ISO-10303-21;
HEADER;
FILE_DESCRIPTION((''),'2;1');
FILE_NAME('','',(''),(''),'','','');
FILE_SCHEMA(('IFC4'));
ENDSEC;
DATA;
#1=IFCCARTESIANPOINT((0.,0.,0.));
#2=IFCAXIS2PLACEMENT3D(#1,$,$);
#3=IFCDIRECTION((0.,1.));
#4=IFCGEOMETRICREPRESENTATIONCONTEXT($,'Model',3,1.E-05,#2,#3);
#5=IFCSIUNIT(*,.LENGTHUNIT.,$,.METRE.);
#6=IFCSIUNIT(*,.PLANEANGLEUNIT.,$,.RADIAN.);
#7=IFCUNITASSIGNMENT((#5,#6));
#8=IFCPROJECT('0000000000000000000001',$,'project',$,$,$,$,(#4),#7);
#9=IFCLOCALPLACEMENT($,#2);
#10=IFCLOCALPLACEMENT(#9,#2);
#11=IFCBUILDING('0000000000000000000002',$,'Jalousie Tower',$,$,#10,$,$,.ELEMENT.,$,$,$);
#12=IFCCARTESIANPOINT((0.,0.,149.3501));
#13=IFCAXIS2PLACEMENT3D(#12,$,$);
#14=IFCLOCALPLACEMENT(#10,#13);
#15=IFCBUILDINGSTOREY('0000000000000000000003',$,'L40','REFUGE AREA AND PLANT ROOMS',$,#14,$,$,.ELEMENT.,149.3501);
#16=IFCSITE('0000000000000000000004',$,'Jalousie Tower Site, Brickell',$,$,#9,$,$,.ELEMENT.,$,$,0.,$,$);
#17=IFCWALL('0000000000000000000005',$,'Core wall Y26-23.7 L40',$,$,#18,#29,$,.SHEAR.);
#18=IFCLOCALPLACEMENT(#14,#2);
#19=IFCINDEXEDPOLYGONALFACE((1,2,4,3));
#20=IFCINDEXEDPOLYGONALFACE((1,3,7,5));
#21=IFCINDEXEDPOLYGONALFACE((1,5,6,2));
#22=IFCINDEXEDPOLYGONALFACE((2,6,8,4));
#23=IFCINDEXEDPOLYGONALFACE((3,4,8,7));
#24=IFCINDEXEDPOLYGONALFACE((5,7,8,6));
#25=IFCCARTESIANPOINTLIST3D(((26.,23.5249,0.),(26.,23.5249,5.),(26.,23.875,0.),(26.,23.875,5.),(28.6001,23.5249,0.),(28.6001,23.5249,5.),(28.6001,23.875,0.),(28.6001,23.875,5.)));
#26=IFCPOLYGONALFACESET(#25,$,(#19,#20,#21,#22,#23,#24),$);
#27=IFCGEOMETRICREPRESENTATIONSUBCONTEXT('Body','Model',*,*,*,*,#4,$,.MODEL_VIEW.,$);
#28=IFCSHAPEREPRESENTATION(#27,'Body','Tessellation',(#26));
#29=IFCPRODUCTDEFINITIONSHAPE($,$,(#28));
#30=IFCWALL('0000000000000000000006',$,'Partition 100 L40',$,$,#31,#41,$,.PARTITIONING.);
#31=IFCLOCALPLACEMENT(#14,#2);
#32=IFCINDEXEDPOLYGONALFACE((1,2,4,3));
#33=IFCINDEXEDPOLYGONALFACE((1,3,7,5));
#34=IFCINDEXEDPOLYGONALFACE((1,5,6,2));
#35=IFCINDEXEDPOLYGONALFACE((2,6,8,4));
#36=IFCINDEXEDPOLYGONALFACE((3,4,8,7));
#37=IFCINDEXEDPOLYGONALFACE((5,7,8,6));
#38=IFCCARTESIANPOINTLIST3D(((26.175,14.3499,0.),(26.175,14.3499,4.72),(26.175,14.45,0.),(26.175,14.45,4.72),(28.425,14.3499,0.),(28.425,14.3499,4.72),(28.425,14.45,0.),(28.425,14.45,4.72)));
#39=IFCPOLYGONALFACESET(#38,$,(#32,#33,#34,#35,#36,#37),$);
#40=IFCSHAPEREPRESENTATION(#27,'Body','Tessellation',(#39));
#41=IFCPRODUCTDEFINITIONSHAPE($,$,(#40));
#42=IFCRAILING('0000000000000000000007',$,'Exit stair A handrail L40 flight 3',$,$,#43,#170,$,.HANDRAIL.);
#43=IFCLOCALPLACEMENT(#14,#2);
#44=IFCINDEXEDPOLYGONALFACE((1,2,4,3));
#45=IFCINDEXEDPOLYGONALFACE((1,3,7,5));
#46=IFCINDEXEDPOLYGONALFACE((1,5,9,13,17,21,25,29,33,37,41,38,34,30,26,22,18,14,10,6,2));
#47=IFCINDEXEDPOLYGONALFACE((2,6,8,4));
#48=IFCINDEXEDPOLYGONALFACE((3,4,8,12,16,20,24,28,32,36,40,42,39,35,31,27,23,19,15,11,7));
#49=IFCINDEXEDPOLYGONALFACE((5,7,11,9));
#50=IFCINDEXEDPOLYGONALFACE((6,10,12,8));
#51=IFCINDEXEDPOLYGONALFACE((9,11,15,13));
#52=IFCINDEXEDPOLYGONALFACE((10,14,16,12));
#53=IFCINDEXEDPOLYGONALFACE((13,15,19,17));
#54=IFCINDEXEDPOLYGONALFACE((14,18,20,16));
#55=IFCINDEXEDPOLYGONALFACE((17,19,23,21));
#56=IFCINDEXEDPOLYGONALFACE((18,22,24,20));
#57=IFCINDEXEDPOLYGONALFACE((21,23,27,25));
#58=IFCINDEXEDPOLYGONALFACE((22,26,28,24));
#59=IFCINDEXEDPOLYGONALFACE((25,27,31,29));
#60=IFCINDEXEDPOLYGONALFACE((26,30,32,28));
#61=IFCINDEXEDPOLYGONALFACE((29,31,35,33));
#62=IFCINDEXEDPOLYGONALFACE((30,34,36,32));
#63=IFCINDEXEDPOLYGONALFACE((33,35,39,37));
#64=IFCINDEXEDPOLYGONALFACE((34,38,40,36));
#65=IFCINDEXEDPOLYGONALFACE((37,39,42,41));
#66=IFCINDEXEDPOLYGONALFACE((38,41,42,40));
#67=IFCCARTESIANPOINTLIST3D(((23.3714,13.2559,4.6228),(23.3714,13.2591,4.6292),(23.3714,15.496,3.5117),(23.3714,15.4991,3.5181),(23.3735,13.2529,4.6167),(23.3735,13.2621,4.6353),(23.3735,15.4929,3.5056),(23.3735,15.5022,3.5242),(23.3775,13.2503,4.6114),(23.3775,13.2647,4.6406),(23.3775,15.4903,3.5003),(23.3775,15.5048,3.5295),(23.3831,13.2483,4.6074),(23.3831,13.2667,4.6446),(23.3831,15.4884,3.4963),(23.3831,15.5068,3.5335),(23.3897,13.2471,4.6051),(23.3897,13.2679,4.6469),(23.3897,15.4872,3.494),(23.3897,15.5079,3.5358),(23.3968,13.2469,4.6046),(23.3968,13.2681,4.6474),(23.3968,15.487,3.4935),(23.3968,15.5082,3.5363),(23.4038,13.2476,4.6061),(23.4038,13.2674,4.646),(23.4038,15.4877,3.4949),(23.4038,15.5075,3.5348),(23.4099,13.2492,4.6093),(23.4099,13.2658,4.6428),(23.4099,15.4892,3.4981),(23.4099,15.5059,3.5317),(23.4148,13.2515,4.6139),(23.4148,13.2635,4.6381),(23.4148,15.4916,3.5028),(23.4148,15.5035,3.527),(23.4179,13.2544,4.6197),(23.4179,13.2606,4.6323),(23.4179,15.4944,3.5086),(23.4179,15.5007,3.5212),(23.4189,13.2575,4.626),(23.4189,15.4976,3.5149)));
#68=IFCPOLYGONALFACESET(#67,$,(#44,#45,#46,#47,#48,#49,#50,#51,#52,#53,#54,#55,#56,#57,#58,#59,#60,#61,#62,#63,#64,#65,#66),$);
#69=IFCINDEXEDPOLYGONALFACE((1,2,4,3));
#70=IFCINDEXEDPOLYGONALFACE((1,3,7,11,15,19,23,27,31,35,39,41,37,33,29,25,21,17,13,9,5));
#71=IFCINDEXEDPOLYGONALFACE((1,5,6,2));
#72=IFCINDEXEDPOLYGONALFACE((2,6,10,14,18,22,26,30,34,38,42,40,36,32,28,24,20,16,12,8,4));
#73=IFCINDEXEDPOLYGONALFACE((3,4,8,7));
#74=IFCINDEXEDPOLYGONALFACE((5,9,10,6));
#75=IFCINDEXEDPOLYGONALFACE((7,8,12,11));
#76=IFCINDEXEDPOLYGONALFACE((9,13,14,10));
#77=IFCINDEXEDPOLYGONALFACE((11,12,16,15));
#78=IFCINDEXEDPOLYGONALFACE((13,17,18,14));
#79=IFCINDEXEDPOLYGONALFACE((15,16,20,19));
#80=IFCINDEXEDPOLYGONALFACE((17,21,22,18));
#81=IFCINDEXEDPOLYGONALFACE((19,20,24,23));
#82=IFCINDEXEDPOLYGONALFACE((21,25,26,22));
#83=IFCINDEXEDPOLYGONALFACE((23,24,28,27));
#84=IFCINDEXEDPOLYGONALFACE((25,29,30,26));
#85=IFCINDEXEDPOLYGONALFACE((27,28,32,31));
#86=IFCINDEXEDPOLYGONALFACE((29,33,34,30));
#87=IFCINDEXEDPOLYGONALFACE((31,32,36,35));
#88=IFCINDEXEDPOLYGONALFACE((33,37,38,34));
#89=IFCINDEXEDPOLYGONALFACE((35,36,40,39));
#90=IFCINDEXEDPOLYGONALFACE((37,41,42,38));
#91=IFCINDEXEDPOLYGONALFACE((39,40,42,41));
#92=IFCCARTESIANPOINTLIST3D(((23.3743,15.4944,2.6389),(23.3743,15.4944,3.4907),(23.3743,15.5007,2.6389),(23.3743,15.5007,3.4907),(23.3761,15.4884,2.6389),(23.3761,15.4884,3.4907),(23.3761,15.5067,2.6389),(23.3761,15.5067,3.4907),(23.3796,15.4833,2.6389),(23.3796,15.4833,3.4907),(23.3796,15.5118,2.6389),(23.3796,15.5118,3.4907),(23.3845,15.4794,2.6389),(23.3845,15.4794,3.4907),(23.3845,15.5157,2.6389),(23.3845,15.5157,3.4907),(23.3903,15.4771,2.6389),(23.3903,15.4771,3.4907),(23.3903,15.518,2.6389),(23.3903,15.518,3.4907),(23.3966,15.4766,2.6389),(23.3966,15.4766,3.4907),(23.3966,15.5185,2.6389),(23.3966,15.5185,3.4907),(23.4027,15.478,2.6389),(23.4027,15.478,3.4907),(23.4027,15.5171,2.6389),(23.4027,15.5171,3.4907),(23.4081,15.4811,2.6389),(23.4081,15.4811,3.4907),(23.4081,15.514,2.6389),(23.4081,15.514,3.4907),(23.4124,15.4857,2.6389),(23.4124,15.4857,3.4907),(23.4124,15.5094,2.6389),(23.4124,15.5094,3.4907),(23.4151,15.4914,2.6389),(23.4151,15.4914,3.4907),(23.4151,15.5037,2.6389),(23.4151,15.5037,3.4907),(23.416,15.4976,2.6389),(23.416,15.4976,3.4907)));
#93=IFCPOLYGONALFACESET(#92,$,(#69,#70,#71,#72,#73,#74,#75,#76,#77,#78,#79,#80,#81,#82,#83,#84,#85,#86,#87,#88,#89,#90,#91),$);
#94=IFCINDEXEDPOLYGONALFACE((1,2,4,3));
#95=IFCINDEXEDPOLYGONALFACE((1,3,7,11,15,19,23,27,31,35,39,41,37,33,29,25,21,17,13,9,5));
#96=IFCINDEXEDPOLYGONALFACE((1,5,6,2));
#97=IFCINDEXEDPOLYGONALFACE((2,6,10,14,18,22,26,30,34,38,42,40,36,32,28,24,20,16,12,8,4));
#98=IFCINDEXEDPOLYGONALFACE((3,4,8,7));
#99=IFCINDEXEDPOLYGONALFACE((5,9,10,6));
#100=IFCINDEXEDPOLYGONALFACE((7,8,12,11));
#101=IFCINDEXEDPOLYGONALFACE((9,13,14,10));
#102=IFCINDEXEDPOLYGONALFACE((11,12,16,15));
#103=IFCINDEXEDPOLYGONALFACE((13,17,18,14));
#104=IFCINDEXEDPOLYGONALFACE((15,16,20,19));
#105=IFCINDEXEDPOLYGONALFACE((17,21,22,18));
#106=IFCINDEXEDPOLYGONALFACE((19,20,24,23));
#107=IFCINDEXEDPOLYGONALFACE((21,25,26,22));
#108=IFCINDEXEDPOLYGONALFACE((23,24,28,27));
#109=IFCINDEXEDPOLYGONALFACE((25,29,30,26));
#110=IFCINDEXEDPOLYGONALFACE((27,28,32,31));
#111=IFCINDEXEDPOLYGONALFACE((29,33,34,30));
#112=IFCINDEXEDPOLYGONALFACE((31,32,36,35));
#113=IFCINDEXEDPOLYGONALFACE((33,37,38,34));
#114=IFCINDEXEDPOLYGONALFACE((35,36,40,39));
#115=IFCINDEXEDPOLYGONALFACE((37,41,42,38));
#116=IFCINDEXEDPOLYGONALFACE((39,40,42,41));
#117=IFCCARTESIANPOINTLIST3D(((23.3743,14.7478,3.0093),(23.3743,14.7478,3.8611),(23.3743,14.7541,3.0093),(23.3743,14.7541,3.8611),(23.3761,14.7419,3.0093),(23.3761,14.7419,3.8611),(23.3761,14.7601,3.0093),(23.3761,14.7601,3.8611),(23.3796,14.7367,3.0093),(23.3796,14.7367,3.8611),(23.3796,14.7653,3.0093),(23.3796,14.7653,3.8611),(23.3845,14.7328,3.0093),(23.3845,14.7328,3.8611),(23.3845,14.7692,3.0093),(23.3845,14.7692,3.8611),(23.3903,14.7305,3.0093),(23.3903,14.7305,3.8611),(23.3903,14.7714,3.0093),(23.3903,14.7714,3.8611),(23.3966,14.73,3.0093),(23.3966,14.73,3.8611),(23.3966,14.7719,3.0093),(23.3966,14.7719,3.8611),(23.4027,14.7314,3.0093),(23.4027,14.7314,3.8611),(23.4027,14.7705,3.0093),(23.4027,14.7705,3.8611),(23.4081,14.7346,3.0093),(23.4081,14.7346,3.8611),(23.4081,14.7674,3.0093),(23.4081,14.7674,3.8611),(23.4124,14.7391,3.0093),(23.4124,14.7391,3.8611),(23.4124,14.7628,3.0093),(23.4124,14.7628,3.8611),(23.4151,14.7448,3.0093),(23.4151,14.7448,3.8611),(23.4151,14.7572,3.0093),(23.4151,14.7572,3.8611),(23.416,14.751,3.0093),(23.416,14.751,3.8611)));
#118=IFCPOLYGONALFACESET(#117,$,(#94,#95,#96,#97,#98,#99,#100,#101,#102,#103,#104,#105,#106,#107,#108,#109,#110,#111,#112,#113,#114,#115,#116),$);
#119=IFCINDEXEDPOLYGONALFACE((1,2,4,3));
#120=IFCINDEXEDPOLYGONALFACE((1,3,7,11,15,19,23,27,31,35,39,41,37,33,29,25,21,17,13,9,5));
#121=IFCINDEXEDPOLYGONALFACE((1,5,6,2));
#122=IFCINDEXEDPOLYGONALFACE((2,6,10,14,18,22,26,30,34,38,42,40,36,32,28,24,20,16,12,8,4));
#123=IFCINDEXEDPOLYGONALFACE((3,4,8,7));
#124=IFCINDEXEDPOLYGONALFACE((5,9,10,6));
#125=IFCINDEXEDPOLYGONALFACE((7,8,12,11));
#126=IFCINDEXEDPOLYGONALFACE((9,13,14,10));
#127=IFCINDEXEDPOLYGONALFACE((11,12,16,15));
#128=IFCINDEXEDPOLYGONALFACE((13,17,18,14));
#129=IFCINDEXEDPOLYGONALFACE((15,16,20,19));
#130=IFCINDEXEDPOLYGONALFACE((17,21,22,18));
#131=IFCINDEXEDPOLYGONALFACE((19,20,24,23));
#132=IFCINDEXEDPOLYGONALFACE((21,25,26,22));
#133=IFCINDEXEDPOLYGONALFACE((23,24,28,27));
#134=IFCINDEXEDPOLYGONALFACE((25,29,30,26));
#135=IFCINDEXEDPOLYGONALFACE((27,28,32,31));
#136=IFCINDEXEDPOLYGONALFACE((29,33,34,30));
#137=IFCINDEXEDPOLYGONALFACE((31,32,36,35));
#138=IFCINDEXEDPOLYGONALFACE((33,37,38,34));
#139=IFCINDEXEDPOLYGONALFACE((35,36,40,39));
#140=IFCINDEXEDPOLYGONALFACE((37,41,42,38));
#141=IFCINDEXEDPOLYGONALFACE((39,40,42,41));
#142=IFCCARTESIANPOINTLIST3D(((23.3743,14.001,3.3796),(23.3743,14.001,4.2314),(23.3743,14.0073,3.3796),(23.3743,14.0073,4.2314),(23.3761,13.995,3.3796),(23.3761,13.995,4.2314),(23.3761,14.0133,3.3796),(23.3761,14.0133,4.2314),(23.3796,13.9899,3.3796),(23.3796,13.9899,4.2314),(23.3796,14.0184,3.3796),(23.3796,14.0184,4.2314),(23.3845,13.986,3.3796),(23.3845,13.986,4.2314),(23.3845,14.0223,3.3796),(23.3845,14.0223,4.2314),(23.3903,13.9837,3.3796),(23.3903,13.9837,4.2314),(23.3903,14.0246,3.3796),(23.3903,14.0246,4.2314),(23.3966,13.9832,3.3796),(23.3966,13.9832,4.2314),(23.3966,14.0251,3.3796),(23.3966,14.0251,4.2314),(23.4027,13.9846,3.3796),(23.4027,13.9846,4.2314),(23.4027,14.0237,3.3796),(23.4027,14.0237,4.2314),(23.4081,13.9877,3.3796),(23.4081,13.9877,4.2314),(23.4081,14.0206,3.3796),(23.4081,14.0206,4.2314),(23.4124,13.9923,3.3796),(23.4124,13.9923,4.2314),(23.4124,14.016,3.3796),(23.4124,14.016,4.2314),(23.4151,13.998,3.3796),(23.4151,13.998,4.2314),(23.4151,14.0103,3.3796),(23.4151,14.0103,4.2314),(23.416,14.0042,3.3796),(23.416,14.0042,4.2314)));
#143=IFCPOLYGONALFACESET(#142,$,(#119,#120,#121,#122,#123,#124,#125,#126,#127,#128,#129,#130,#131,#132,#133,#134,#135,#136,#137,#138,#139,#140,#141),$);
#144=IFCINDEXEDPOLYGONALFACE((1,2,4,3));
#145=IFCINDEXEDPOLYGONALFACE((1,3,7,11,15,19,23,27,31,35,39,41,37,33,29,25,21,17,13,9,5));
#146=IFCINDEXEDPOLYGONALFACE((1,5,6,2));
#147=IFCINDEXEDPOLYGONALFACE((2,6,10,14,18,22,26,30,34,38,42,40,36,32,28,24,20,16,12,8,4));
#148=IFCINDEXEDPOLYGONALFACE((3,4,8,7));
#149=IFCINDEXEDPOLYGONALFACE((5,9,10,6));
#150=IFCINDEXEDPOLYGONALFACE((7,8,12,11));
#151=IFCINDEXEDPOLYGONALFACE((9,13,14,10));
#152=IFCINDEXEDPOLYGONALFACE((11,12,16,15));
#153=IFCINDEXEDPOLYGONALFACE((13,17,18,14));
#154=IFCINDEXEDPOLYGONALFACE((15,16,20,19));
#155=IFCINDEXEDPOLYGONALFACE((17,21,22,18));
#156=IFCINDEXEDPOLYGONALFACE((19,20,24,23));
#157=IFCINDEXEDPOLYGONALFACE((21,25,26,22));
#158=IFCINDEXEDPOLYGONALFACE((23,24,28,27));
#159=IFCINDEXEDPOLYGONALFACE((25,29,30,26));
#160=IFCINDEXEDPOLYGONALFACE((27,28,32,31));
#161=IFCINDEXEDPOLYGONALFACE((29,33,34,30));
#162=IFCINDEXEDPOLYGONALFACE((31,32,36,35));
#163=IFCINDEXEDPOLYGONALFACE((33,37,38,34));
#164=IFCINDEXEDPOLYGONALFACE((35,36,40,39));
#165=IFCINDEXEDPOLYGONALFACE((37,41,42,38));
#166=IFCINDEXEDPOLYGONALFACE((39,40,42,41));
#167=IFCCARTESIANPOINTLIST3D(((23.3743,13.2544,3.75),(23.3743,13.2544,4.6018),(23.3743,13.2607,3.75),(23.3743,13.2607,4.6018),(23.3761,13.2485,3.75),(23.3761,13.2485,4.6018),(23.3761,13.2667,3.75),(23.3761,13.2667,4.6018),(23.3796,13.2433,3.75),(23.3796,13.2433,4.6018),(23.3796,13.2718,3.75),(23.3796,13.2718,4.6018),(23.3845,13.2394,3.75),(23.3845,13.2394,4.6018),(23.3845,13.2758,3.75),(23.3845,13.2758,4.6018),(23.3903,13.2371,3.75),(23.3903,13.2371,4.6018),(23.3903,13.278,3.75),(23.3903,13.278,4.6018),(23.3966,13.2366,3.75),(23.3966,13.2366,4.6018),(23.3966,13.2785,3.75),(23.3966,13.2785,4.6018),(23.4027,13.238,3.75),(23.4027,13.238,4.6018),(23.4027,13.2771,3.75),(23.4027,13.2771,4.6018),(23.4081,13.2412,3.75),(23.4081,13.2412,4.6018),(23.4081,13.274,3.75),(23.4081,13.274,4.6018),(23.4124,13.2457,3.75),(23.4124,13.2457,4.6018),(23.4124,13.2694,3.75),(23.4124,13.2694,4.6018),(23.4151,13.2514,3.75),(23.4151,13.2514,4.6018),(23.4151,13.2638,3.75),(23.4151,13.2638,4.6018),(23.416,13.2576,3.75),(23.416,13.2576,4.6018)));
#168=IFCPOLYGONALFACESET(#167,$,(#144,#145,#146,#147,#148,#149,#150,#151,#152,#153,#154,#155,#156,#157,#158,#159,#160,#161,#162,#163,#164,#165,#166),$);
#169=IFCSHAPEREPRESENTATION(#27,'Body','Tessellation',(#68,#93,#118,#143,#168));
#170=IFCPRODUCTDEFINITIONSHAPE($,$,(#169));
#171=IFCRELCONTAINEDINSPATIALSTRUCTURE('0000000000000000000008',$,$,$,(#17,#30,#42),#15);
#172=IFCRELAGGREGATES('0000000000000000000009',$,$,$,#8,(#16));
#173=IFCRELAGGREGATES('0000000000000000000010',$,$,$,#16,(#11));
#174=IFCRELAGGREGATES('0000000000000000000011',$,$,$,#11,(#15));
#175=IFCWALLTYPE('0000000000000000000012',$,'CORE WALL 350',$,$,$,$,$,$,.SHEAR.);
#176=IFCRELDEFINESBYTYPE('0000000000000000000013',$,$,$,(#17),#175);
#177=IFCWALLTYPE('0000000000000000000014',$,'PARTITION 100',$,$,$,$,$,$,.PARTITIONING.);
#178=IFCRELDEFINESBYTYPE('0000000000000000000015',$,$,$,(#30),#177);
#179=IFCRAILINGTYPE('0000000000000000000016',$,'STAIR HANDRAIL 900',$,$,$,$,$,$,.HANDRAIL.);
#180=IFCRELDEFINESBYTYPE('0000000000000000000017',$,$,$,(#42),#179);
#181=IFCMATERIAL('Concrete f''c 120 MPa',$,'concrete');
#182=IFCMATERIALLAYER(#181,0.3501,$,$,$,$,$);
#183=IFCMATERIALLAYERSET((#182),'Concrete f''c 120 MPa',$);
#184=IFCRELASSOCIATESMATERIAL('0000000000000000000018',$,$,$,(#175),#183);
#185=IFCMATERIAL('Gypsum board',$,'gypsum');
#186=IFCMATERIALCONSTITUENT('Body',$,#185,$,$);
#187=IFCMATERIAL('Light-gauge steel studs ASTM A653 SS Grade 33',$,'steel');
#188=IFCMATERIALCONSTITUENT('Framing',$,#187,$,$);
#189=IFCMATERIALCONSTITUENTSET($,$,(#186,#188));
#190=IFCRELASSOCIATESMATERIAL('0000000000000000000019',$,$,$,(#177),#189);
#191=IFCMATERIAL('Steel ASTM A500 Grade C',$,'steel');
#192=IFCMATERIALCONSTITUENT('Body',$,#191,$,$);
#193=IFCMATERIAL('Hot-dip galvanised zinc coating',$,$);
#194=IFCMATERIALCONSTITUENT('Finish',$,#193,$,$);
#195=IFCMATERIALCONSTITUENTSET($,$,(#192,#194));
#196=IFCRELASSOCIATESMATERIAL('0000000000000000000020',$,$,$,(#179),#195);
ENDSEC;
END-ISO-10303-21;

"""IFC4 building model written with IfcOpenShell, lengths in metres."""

from ifc_helpers import new_model, si_unit, direction, frame, frame_2d, origin, origin_2d, place, context, subcontext, project, spatial, rectangle, circle, extrude, material, layer, layer_set, constituent, constituent_set, type_object, element, save


model = new_model("IFC4")

# Units and contexts
model_context = context("Model", 3, precision=1e-05, world=origin(), true_north=direction((0.0, 1.0)))
body_context = subcontext(model_context, "Body", "Model", "MODEL_VIEW")
ifc_project = project(units=[si_unit("LENGTHUNIT", "METRE"), si_unit("PLANEANGLEUNIT", "RADIAN")], contexts=[model_context])

# Site, building, storey
site_placement = place(None, origin())
site = spatial("IfcSite", under=ifc_project, at=site_placement, Name="Jalousie Tower Site, Brickell", CompositionType="ELEMENT", RefElevation=0.0)
building_placement = place(site_placement, origin())
building = spatial("IfcBuilding", under=site, at=building_placement, Name="Jalousie Tower", CompositionType="ELEMENT")
storey_placement = place(building_placement, frame((0.0, 0.0, 149.3501)))
storey = spatial("IfcBuildingStorey", under=building, at=storey_placement, Name="L40", Description="REFUGE AREA AND PLANT ROOMS", CompositionType="ELEMENT", Elevation=149.3501)

# Shared definitions
ifc_material_1 = material(Name="Concrete f'c 120 MPa", Category="concrete")
ifc_layer = layer(ifc_material_1, 0.3501)
ifc_layer_set = layer_set([ifc_layer], Name="Concrete f'c 120 MPa")
wall_type_1 = type_object("IfcWallType", Name="CORE WALL 350", PredefinedType="SHEAR", material=ifc_layer_set)

# Walls
for number, where, z_axis, x_axis, name in (
    (1, (26.0, 23.7, 0.0), (0.0, 0.0, 1.0), (1.0, 0.0, 0.0), "Core wall Y26-23.7 L40"),
):
    element("IfcWall", number, at=place(storey_placement, frame(where, z_axis=z_axis, x_axis=x_axis)), inside=storey, type_object=wall_type_1, Name=name, PredefinedType="SHEAR", context=body_context, shape_type="SweptSolid", body=[
        extrude(rectangle(XDim=2.6001, YDim=0.3501, at=frame_2d((1.3, 0.0))), origin(), (0.0, 0.0, 1.0), 5.0),
    ])
ifc_material_2 = material(Name="Gypsum board", Category="gypsum")
ifc_constituent_1 = constituent(ifc_material_2, Name="Body")
ifc_material_3 = material(Name="Light-gauge steel studs ASTM A653 SS Grade 33", Category="steel")
ifc_constituent_2 = constituent(ifc_material_3, Name="Framing")
ifc_constituent_set_1 = constituent_set(constituents=[ifc_constituent_1, ifc_constituent_2])
wall_type_2 = type_object("IfcWallType", Name="PARTITION 100", PredefinedType="PARTITIONING", material=ifc_constituent_set_1)
wall_1_placement = place(storey_placement, frame((26.175, 14.3999, 0.0), z_axis=(0.0, 0.0, 1.0), x_axis=(1.0, 0.0, 0.0)))
element("IfcWall", 2, at=wall_1_placement, inside=storey, type_object=wall_type_2, Name="Partition 100 L40", PredefinedType="PARTITIONING", context=body_context, shape_type="SweptSolid", body=[
    extrude(rectangle(XDim=2.25, YDim=0.1001, at=frame_2d((1.125, 0.0))), origin(), (0.0, 0.0, 1.0), 4.72),
])

# Railing
ifc_material_4 = material(Name="Steel ASTM A500 Grade C", Category="steel")
ifc_constituent_3 = constituent(ifc_material_4, Name="Body")
ifc_material_5 = material(Name="Hot-dip galvanised zinc coating")
ifc_constituent_4 = constituent(ifc_material_5, Name="Finish")
ifc_constituent_set_2 = constituent_set(constituents=[ifc_constituent_3, ifc_constituent_4])
railing_type = type_object("IfcRailingType", Name="STAIR HANDRAIL 900", PredefinedType="HANDRAIL", material=ifc_constituent_set_2)
railing_placement = place(storey_placement, frame((23.395, 15.4976, 2.6389)))
element("IfcRailing", 3, at=railing_placement, inside=storey, type_object=railing_type, Name="Exit stair A handrail L40 flight 3", PredefinedType="HANDRAIL", context=body_context, shape_type="SweptSolid", body=[
    extrude(circle(Radius=0.0239, at=origin_2d()), frame((0.0, 0.0, 0.876), z_axis=(0.0, -0.895848, 0.44436), x_axis=(1.0, 0.0, 0.0)), (0.0, 0.0, 1.0), 2.5005),
    extrude(circle(Radius=0.021, at=origin_2d()), origin(), (0.0, 0.0, 1.0), 0.8518),
    extrude(circle(Radius=0.021, at=origin_2d()), frame((0.0, -0.7466, 0.3704)), (0.0, 0.0, 1.0), 0.8518),
    extrude(circle(Radius=0.021, at=origin_2d()), frame((0.0, -1.4934, 0.7407)), (0.0, 0.0, 1.0), 0.8518),
    extrude(circle(Radius=0.021, at=origin_2d()), frame((0.0, -2.24, 1.1111)), (0.0, 0.0, 1.0), 0.8518),
])

save(model, "model.ifc")
